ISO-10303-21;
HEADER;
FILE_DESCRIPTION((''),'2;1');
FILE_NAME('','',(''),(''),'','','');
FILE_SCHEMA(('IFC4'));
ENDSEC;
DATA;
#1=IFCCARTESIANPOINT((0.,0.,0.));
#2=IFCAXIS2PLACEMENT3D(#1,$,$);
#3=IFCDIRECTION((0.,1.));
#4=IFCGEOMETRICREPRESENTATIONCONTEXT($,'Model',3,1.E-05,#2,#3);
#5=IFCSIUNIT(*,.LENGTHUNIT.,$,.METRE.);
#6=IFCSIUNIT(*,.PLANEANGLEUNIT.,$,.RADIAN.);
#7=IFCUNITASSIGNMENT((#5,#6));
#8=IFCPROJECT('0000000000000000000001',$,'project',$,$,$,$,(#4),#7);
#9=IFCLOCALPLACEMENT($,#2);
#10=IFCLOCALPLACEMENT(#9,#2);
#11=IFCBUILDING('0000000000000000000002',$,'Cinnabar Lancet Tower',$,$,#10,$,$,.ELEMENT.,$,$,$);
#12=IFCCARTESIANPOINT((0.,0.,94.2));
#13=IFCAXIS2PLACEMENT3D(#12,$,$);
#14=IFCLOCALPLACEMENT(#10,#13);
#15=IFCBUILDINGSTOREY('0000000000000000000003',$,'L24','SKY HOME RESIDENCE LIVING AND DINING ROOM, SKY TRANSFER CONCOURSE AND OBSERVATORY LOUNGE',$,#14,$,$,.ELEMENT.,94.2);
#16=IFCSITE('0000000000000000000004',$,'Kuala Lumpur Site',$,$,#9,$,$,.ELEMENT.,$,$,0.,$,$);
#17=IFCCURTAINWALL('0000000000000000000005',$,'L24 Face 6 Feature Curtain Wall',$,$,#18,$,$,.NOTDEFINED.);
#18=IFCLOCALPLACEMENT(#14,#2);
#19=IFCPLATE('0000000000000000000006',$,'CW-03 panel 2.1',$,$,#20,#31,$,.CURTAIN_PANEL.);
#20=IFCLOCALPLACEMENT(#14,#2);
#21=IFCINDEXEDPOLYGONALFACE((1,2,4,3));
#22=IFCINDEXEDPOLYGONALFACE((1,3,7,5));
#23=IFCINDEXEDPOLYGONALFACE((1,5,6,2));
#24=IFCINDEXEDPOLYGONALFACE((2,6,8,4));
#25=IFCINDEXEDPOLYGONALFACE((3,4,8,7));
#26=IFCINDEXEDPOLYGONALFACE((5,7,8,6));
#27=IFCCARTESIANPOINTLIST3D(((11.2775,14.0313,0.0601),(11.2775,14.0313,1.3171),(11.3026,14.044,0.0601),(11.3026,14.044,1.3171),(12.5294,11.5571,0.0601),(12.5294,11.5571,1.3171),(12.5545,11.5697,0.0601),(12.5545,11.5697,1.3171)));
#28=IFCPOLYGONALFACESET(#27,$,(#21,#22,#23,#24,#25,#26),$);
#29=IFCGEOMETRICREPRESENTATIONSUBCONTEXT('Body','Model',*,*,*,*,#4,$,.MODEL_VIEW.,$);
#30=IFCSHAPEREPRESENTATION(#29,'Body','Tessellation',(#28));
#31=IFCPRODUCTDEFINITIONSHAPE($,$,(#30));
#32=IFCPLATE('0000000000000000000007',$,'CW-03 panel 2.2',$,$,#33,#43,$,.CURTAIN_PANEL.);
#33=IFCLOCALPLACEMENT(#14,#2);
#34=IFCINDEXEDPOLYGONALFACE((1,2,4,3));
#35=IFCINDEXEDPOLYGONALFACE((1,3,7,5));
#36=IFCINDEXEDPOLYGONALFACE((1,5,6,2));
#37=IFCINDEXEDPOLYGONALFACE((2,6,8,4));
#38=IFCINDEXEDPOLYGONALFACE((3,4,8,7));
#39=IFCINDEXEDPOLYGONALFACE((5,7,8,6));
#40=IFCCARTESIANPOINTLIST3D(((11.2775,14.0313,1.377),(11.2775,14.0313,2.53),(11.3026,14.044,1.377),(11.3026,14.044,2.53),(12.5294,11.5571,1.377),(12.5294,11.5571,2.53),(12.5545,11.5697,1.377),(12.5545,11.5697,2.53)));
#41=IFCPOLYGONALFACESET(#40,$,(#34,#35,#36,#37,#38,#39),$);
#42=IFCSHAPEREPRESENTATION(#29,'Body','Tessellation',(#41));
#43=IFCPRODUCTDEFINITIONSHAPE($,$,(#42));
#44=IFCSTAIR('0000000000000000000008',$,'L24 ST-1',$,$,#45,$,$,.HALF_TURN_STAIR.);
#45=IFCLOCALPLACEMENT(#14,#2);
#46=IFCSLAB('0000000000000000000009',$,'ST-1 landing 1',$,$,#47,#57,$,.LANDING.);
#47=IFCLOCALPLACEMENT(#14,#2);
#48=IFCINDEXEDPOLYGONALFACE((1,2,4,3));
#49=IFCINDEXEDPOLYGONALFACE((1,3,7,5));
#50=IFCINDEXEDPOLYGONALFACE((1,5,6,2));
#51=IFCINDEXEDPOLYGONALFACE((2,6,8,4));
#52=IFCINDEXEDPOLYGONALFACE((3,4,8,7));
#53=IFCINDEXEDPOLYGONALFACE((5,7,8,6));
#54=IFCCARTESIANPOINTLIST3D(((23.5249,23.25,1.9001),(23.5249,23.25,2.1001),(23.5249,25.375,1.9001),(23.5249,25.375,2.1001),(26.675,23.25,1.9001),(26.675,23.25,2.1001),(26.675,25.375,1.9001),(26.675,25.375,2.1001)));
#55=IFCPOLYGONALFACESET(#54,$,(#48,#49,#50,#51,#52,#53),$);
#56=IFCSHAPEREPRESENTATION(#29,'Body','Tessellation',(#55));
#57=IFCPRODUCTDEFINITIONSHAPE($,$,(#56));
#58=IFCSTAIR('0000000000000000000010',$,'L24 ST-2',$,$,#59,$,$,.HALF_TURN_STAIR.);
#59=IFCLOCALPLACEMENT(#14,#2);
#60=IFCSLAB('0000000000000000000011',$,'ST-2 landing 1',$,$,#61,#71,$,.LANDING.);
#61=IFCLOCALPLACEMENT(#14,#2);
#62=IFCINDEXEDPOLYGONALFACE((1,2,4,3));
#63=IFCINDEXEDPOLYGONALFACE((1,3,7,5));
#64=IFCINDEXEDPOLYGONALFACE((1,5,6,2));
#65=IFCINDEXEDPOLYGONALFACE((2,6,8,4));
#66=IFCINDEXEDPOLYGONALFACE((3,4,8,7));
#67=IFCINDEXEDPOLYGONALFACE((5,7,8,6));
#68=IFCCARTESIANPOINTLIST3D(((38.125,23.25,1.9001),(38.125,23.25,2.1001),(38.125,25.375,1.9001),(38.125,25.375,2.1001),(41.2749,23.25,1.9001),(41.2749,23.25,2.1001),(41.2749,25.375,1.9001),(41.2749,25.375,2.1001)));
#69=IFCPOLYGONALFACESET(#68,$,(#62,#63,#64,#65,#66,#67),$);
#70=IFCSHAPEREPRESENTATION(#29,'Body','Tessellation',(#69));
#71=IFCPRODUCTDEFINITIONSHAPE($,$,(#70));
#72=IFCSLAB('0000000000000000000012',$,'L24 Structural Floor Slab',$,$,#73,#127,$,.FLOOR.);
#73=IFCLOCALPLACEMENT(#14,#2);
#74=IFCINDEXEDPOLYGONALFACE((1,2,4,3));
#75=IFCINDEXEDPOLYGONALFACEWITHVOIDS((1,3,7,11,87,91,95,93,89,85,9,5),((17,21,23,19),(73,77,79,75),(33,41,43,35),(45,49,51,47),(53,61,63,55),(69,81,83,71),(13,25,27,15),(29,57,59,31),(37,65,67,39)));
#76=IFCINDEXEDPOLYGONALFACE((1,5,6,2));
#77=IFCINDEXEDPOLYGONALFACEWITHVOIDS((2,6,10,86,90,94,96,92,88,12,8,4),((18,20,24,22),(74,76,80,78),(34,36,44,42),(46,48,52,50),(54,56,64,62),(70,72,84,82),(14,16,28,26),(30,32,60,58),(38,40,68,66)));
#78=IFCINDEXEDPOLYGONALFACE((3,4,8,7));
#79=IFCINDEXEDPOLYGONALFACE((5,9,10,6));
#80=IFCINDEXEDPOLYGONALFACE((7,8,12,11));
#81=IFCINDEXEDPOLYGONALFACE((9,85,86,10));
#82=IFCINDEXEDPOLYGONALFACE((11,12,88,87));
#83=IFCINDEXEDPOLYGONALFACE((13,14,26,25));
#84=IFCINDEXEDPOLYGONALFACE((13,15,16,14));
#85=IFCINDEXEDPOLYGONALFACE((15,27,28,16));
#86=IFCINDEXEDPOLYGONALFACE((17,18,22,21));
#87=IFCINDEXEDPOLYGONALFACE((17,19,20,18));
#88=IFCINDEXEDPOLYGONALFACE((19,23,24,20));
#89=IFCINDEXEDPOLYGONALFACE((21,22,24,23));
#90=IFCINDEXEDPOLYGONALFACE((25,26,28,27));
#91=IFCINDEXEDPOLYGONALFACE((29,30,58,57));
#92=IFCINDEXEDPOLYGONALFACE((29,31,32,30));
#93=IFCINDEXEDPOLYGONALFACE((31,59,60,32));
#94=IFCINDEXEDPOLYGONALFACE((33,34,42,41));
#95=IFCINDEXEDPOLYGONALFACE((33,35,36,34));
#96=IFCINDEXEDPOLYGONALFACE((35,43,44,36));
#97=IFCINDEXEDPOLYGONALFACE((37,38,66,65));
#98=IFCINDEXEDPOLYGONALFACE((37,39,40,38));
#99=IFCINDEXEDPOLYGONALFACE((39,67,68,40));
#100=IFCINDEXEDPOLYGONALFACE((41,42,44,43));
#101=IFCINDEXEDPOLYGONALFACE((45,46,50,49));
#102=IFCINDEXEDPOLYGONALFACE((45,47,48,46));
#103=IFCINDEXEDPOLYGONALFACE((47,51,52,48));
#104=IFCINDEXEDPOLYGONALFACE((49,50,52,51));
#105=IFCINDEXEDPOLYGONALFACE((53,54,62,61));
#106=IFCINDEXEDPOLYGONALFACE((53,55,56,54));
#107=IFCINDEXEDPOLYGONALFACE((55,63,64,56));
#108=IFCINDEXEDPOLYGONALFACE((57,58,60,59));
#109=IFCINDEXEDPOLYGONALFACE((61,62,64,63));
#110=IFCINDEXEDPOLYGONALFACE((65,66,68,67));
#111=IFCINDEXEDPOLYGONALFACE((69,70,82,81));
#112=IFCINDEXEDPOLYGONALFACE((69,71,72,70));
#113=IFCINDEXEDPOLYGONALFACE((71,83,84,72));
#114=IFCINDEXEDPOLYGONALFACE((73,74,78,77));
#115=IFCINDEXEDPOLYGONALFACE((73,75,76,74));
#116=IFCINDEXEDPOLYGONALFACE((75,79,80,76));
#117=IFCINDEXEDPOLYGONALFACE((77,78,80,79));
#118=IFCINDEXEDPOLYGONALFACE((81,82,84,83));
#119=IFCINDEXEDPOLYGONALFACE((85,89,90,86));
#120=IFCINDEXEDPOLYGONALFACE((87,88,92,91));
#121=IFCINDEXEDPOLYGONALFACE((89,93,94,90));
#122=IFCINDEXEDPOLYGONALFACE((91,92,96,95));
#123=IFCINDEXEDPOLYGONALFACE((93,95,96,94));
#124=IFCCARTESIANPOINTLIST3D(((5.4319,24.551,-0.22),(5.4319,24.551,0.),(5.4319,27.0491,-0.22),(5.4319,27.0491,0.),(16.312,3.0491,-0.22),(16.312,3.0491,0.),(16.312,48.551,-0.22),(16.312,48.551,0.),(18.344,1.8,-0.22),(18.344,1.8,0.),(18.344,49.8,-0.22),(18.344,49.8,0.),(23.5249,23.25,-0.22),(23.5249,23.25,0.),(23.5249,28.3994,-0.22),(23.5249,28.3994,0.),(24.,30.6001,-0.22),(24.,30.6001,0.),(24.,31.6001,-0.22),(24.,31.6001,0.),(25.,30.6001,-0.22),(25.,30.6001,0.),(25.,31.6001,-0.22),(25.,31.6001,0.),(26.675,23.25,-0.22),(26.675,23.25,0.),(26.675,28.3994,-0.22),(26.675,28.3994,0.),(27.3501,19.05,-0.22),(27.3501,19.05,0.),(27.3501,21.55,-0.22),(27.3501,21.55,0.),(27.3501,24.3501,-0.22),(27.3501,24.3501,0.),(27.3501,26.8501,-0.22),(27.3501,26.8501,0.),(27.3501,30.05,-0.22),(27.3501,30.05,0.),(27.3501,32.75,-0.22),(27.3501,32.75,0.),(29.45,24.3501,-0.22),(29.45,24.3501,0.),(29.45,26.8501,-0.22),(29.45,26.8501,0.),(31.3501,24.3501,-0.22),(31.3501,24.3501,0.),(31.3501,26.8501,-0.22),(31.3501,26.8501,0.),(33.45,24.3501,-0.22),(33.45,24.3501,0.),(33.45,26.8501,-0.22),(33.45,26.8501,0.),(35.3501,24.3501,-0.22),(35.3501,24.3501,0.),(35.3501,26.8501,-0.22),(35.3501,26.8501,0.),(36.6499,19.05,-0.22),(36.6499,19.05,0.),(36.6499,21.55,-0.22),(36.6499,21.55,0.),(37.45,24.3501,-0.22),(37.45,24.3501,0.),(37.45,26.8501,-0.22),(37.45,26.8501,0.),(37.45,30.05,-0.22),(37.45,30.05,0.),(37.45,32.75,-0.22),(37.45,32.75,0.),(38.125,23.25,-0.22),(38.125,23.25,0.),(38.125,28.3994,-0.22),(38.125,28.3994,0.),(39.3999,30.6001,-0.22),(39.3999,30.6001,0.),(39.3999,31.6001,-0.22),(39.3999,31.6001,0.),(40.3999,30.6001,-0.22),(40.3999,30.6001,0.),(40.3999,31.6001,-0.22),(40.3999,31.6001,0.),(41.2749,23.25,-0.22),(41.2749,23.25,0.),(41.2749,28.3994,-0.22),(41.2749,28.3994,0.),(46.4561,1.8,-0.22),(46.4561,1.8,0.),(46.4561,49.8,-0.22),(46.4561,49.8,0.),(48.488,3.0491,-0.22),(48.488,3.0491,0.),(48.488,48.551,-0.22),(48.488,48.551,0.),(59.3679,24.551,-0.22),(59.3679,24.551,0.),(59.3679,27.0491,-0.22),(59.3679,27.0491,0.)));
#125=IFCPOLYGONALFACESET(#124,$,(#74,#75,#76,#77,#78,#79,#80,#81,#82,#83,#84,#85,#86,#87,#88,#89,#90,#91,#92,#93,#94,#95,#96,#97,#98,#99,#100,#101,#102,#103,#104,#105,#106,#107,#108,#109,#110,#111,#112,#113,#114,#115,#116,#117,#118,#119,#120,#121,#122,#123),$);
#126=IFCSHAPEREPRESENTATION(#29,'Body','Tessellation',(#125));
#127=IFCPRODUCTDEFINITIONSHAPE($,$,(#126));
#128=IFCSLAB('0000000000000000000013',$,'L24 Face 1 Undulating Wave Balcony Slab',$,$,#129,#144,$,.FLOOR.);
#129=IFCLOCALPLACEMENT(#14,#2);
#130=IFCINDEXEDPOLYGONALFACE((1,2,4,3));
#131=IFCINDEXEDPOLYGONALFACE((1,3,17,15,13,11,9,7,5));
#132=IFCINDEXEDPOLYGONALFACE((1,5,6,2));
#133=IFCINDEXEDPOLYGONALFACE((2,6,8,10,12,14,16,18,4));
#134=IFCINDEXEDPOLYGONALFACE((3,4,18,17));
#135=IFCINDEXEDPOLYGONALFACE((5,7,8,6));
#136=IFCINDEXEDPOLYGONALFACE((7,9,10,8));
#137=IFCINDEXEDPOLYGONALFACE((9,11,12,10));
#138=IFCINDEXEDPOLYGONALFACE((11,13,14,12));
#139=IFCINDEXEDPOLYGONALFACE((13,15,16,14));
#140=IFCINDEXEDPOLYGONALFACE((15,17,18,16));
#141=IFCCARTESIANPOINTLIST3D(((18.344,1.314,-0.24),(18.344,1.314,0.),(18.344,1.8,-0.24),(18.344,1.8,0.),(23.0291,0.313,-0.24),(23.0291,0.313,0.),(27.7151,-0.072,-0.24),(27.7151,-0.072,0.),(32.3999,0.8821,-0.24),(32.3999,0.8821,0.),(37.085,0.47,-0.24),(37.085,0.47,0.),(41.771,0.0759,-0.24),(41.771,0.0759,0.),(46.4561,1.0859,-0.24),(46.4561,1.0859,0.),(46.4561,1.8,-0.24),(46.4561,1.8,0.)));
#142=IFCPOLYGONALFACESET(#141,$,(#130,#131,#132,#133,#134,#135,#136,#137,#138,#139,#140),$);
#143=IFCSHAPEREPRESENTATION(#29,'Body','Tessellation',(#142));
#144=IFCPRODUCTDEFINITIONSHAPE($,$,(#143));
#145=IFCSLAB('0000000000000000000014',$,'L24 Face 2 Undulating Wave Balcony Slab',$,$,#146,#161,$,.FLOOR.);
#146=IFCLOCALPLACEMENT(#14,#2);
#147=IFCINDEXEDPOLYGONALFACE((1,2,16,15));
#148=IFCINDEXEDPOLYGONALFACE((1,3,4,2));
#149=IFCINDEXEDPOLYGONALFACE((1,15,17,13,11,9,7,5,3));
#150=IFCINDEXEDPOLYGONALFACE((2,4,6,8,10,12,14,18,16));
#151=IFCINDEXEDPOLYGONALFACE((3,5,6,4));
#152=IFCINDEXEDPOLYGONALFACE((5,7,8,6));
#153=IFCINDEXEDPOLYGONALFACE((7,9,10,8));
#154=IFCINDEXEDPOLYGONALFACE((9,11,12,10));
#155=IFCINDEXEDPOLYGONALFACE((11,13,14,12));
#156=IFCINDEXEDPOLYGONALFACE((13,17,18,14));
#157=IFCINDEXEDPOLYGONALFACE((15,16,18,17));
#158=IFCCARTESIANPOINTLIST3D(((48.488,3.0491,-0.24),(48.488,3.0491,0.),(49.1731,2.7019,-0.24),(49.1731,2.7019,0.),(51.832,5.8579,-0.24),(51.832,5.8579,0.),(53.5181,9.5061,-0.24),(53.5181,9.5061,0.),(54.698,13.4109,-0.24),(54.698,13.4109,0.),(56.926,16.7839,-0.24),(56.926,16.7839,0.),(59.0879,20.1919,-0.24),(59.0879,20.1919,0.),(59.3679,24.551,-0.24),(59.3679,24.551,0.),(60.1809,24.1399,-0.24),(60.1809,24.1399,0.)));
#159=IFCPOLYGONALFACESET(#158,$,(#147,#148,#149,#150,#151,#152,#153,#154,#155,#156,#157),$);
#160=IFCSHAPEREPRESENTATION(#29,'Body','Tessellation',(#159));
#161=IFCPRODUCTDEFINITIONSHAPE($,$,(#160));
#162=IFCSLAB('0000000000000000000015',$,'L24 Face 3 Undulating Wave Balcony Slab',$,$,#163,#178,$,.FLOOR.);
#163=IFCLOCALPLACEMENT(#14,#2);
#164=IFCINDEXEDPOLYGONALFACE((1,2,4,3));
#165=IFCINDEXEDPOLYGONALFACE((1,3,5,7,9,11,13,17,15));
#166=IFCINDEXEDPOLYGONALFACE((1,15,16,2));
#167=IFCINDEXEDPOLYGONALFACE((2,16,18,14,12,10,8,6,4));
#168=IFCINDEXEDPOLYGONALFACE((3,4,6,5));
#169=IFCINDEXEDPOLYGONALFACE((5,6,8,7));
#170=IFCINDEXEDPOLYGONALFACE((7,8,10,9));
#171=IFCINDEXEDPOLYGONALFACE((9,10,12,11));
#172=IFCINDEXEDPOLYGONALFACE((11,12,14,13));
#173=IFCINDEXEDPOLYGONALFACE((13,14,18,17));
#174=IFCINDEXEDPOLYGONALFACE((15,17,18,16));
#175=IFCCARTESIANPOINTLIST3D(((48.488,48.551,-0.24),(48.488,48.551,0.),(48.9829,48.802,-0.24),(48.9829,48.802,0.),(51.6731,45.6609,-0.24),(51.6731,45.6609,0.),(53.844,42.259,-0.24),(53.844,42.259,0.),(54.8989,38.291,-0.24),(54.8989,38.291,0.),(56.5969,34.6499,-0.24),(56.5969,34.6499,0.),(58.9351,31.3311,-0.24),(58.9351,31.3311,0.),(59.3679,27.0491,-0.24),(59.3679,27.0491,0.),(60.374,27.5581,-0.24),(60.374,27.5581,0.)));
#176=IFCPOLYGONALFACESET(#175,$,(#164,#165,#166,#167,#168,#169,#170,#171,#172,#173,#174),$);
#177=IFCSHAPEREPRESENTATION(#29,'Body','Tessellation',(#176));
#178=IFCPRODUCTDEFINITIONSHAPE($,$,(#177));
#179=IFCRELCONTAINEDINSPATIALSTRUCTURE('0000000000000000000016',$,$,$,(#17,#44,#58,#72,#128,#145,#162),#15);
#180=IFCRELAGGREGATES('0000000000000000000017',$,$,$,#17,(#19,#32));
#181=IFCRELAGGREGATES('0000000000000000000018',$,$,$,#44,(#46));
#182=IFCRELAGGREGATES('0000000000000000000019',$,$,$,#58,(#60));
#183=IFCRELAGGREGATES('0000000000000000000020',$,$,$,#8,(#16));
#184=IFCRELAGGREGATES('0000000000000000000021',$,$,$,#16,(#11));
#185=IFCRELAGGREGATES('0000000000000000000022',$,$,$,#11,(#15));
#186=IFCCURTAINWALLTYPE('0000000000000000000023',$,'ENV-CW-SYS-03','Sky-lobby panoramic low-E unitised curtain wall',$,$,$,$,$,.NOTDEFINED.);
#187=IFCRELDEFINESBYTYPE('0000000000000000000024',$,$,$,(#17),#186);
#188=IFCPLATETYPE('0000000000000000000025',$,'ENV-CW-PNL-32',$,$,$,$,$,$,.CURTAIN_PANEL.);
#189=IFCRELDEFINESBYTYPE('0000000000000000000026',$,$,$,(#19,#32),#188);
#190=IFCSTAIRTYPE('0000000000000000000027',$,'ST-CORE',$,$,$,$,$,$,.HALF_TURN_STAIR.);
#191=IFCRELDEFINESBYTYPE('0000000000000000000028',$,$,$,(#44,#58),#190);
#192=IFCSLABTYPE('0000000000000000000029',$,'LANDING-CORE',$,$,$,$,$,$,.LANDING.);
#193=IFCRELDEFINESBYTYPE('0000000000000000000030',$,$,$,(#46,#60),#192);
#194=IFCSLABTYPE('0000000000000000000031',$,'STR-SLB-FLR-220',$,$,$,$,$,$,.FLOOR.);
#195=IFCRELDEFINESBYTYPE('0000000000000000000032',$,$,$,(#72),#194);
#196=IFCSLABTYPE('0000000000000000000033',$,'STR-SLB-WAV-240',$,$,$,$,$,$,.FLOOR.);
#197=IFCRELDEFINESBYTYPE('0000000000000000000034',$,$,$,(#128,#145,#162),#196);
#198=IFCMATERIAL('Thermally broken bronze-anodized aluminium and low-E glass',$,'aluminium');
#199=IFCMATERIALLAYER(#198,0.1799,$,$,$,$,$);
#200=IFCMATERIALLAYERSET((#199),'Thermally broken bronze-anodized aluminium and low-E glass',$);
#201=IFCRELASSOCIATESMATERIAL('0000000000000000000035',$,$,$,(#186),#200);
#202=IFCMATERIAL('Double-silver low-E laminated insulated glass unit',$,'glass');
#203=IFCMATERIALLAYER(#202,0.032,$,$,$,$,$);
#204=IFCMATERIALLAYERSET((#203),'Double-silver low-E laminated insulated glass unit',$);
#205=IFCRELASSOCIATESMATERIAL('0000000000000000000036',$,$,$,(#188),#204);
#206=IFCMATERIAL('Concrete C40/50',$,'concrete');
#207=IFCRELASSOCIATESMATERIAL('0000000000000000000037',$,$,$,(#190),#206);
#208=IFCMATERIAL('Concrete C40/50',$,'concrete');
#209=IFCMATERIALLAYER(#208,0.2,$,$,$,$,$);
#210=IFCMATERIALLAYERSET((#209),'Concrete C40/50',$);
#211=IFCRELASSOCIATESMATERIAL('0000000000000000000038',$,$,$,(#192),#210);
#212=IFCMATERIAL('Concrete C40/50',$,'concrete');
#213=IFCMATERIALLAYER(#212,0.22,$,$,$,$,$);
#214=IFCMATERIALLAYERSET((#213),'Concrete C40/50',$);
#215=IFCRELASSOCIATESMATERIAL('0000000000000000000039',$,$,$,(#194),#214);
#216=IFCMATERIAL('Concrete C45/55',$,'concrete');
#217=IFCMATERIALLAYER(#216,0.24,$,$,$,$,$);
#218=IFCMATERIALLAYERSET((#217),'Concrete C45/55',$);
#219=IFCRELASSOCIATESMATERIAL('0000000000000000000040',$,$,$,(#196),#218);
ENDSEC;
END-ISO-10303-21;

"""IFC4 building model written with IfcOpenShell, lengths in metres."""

from ifc_helpers import new_model, si_unit, direction, frame, origin, origin_2d, place, context, subcontext, project, spatial, polyline, rectangle, outline, extrude, material, layer, layer_set, type_object, element, aggregate, save


model = new_model("IFC4")

# Units and contexts
model_context = context("Model", 3, precision=1e-05, world=origin(), true_north=direction((0.0, 1.0)))
body_context = subcontext(model_context, "Body", "Model", "MODEL_VIEW")
ifc_project = project(units=[si_unit("LENGTHUNIT", "METRE"), si_unit("PLANEANGLEUNIT", "RADIAN")], contexts=[model_context])

# Site, building, storey
site_placement = place(None, origin())
site = spatial("IfcSite", under=ifc_project, at=site_placement, Name="Kuala Lumpur Site", CompositionType="ELEMENT", RefElevation=0.0)
building_placement = place(site_placement, origin())
building = spatial("IfcBuilding", under=site, at=building_placement, Name="Cinnabar Lancet Tower", CompositionType="ELEMENT")
storey_placement = place(building_placement, frame((0.0, 0.0, 94.2)))
storey = spatial("IfcBuildingStorey", under=building, at=storey_placement, Name="L24", Description="SKY HOME RESIDENCE LIVING AND DINING ROOM, SKY TRANSFER CONCOURSE AND OBSERVATORY LOUNGE", CompositionType="ELEMENT", Elevation=94.2)

# Curtain wall
ifc_material_1 = material(Name="Thermally broken bronze-anodized aluminium and low-E glass", Category="aluminium")
ifc_layer_1 = layer(ifc_material_1, 0.1799)
ifc_layer_set_1 = layer_set([ifc_layer_1], Name="Thermally broken bronze-anodized aluminium and low-E glass")
curtain_wall_type = type_object("IfcCurtainWallType", Name="ENV-CW-SYS-03", Description="Sky-lobby panoramic low-E unitised curtain wall", PredefinedType="NOTDEFINED", material=ifc_layer_set_1)
curtain_wall_placement = place(storey_placement, origin())
curtain_wall = element("IfcCurtainWall", 1, at=curtain_wall_placement, inside=storey, type_object=curtain_wall_type, Name="L24 Face 6 Feature Curtain Wall", PredefinedType="NOTDEFINED")

# Plates
ifc_material_2 = material(Name="Double-silver low-E laminated insulated glass unit", Category="glass")
ifc_layer_2 = layer(ifc_material_2, 0.032)
ifc_layer_set_2 = layer_set([ifc_layer_2], Name="Double-silver low-E laminated insulated glass unit")
plate_type = type_object("IfcPlateType", Name="ENV-CW-PNL-32", PredefinedType="CURTAIN_PANEL", material=ifc_layer_set_2)
plate_1_placement = place(storey_placement, frame((11.916, 12.8005, 0.0601), z_axis=(0.0, 0.0, 1.0), x_axis=(0.45147, -0.892286, 0.0)))
plate_1 = element("IfcPlate", 2, at=plate_1_placement, type_object=plate_type, Name="CW-03 panel 2.1", PredefinedType="CURTAIN_PANEL", context=body_context, shape_type="SweptSolid", body=[
    extrude(rectangle(XDim=2.7729, YDim=0.0281, at=origin_2d()), origin(), (0.0, 0.0, 1.0), 1.2571),
])
plate_2_placement = place(storey_placement, frame((11.916, 12.8005, 1.377), z_axis=(0.0, 0.0, 1.0), x_axis=(0.45147, -0.892286, 0.0)))
plate_2 = element("IfcPlate", 3, at=plate_2_placement, type_object=plate_type, Name="CW-03 panel 2.2", PredefinedType="CURTAIN_PANEL", context=body_context, shape_type="SweptSolid", body=[
    extrude(rectangle(XDim=2.7729, YDim=0.0281, at=origin_2d()), origin(), (0.0, 0.0, 1.0), 1.1531),
])
aggregate(curtain_wall, [plate_1, plate_2])

# Stairs, slabs
ifc_material_3 = material(Name="Concrete C40/50", Category="concrete")
stair_type = type_object("IfcStairType", Name="ST-CORE", PredefinedType="HALF_TURN_STAIR", material=ifc_material_3)
stair_1_placement = place(storey_placement, origin())
stair_1 = element("IfcStair", 4, at=stair_1_placement, inside=storey, type_object=stair_type, Name="L24 ST-1", PredefinedType="HALF_TURN_STAIR")
ifc_material_4 = material(Name="Concrete C40/50", Category="concrete")
ifc_layer_3 = layer(ifc_material_4, 0.2)
ifc_layer_set_3 = layer_set([ifc_layer_3], Name="Concrete C40/50")
slab_type_1 = type_object("IfcSlabType", Name="LANDING-CORE", PredefinedType="LANDING", material=ifc_layer_set_3)
slab_1_placement = place(storey_placement, frame((0.0, 0.0, 1.9001)))
slab_1 = element("IfcSlab", 5, at=slab_1_placement, type_object=slab_type_1, Name="ST-1 landing 1", PredefinedType="LANDING", context=body_context, shape_type="SweptSolid", body=[
    extrude(outline(polyline([(23.5249, 25.375), (23.5249, 23.25), (26.675, 23.25), (26.675, 25.375), (23.5249, 25.375)])), origin(), (0.0, 0.0, 1.0), 0.2),
])
aggregate(stair_1, [slab_1])
stair_2_placement = place(storey_placement, origin())
stair_2 = element("IfcStair", 6, at=stair_2_placement, inside=storey, type_object=stair_type, Name="L24 ST-2", PredefinedType="HALF_TURN_STAIR")
slab_2_placement = place(storey_placement, frame((0.0, 0.0, 1.9001)))
slab_2 = element("IfcSlab", 7, at=slab_2_placement, type_object=slab_type_1, Name="ST-2 landing 1", PredefinedType="LANDING", context=body_context, shape_type="SweptSolid", body=[
    extrude(outline(polyline([(38.125, 25.375), (38.125, 23.25), (41.2749, 23.25), (41.2749, 25.375), (38.125, 25.375)])), origin(), (0.0, 0.0, 1.0), 0.2),
])
aggregate(stair_2, [slab_2])

# Slabs
ifc_material_5 = material(Name="Concrete C40/50", Category="concrete")
ifc_layer_4 = layer(ifc_material_5, 0.22)
ifc_layer_set_4 = layer_set([ifc_layer_4], Name="Concrete C40/50")
slab_type_2 = type_object("IfcSlabType", Name="STR-SLB-FLR-220", PredefinedType="FLOOR", material=ifc_layer_set_4)
slab_3_placement = place(storey_placement, frame((0.0, 0.0, -0.22)))
element("IfcSlab", 8, at=slab_3_placement, inside=storey, type_object=slab_type_2, Name="L24 Structural Floor Slab", PredefinedType="FLOOR", context=body_context, shape_type="SweptSolid", body=[
    extrude(outline(polyline([(16.312, 3.0491), (18.344, 1.8), (46.4561, 1.8), (48.488, 3.0491), (59.3679, 24.551), (59.3679, 27.0491), (48.488, 48.551), (46.4561, 49.8), (18.344, 49.8), (16.312, 48.551), (5.4319, 27.0491), (5.4319, 24.551), (16.312, 3.0491)]), holes=[polyline([(23.5249, 23.25), (26.675, 23.25), (26.675, 28.3994), (23.5249, 28.3994), (23.5249, 23.25)]), polyline([(38.125, 23.25), (41.2749, 23.25), (41.2749, 28.3994), (38.125, 28.3994), (38.125, 23.25)]), polyline([(27.3501, 30.05), (37.45, 30.05), (37.45, 32.75), (27.3501, 32.75), (27.3501, 30.05)]), polyline([(27.3501, 19.05), (36.6499, 19.05), (36.6499, 21.55), (27.3501, 21.55), (27.3501, 19.05)]), polyline([(27.3501, 24.3501), (29.45, 24.3501), (29.45, 26.8501), (27.3501, 26.8501), (27.3501, 24.3501)]), polyline([(35.3501, 24.3501), (37.45, 24.3501), (37.45, 26.8501), (35.3501, 26.8501), (35.3501, 24.3501)]), polyline([(31.3501, 24.3501), (33.45, 24.3501), (33.45, 26.8501), (31.3501, 26.8501), (31.3501, 24.3501)]), polyline([(24.0, 30.6001), (25.0, 30.6001), (25.0, 31.6001), (24.0, 31.6001), (24.0, 30.6001)]), polyline([(39.3999, 30.6001), (40.3999, 30.6001), (40.3999, 31.6001), (39.3999, 31.6001), (39.3999, 30.6001)])]), origin(), (0.0, 0.0, 1.0), 0.22),
])
ifc_material_6 = material(Name="Concrete C45/55", Category="concrete")
ifc_layer_5 = layer(ifc_material_6, 0.24)
ifc_layer_set_5 = layer_set([ifc_layer_5], Name="Concrete C45/55")
slab_type_3 = type_object("IfcSlabType", Name="STR-SLB-WAV-240", PredefinedType="FLOOR", material=ifc_layer_set_5)
slab_4_placement = place(storey_placement, frame((0.0, 0.0, -0.24)))
element("IfcSlab", 9, at=slab_4_placement, inside=storey, type_object=slab_type_3, Name="L24 Face 1 Undulating Wave Balcony Slab", PredefinedType="FLOOR", context=body_context, shape_type="SweptSolid", body=[
    extrude(outline(polyline([(18.344, 1.8), (18.344, 1.314), (23.0291, 0.313), (27.7151, -0.072), (32.3999, 0.8821), (37.085, 0.47), (41.771, 0.0759), (46.4561, 1.0859), (46.4561, 1.8), (18.344, 1.8)])), origin(), (0.0, 0.0, 1.0), 0.24),
])
slab_5_placement = place(storey_placement, frame((0.0, 0.0, -0.24)))
element("IfcSlab", 10, at=slab_5_placement, inside=storey, type_object=slab_type_3, Name="L24 Face 2 Undulating Wave Balcony Slab", PredefinedType="FLOOR", context=body_context, shape_type="SweptSolid", body=[
    extrude(outline(polyline([(48.488, 3.0491), (49.1731, 2.7019), (51.832, 5.8579), (53.5181, 9.5061), (54.698, 13.4109), (56.926, 16.7839), (59.0879, 20.1919), (60.1809, 24.1399), (59.3679, 24.551), (48.488, 3.0491)])), origin(), (0.0, 0.0, 1.0), 0.24),
])
slab_6_placement = place(storey_placement, frame((0.0, 0.0, -0.24)))
element("IfcSlab", 11, at=slab_6_placement, inside=storey, type_object=slab_type_3, Name="L24 Face 3 Undulating Wave Balcony Slab", PredefinedType="FLOOR", context=body_context, shape_type="SweptSolid", body=[
    extrude(outline(polyline([(59.3679, 27.0491), (60.374, 27.5581), (58.9351, 31.3311), (56.5969, 34.6499), (54.8989, 38.291), (53.844, 42.259), (51.6731, 45.6609), (48.9829, 48.802), (48.488, 48.551), (59.3679, 27.0491)])), origin(), (0.0, 0.0, 1.0), 0.24),
])

save(model, "model.ifc")
